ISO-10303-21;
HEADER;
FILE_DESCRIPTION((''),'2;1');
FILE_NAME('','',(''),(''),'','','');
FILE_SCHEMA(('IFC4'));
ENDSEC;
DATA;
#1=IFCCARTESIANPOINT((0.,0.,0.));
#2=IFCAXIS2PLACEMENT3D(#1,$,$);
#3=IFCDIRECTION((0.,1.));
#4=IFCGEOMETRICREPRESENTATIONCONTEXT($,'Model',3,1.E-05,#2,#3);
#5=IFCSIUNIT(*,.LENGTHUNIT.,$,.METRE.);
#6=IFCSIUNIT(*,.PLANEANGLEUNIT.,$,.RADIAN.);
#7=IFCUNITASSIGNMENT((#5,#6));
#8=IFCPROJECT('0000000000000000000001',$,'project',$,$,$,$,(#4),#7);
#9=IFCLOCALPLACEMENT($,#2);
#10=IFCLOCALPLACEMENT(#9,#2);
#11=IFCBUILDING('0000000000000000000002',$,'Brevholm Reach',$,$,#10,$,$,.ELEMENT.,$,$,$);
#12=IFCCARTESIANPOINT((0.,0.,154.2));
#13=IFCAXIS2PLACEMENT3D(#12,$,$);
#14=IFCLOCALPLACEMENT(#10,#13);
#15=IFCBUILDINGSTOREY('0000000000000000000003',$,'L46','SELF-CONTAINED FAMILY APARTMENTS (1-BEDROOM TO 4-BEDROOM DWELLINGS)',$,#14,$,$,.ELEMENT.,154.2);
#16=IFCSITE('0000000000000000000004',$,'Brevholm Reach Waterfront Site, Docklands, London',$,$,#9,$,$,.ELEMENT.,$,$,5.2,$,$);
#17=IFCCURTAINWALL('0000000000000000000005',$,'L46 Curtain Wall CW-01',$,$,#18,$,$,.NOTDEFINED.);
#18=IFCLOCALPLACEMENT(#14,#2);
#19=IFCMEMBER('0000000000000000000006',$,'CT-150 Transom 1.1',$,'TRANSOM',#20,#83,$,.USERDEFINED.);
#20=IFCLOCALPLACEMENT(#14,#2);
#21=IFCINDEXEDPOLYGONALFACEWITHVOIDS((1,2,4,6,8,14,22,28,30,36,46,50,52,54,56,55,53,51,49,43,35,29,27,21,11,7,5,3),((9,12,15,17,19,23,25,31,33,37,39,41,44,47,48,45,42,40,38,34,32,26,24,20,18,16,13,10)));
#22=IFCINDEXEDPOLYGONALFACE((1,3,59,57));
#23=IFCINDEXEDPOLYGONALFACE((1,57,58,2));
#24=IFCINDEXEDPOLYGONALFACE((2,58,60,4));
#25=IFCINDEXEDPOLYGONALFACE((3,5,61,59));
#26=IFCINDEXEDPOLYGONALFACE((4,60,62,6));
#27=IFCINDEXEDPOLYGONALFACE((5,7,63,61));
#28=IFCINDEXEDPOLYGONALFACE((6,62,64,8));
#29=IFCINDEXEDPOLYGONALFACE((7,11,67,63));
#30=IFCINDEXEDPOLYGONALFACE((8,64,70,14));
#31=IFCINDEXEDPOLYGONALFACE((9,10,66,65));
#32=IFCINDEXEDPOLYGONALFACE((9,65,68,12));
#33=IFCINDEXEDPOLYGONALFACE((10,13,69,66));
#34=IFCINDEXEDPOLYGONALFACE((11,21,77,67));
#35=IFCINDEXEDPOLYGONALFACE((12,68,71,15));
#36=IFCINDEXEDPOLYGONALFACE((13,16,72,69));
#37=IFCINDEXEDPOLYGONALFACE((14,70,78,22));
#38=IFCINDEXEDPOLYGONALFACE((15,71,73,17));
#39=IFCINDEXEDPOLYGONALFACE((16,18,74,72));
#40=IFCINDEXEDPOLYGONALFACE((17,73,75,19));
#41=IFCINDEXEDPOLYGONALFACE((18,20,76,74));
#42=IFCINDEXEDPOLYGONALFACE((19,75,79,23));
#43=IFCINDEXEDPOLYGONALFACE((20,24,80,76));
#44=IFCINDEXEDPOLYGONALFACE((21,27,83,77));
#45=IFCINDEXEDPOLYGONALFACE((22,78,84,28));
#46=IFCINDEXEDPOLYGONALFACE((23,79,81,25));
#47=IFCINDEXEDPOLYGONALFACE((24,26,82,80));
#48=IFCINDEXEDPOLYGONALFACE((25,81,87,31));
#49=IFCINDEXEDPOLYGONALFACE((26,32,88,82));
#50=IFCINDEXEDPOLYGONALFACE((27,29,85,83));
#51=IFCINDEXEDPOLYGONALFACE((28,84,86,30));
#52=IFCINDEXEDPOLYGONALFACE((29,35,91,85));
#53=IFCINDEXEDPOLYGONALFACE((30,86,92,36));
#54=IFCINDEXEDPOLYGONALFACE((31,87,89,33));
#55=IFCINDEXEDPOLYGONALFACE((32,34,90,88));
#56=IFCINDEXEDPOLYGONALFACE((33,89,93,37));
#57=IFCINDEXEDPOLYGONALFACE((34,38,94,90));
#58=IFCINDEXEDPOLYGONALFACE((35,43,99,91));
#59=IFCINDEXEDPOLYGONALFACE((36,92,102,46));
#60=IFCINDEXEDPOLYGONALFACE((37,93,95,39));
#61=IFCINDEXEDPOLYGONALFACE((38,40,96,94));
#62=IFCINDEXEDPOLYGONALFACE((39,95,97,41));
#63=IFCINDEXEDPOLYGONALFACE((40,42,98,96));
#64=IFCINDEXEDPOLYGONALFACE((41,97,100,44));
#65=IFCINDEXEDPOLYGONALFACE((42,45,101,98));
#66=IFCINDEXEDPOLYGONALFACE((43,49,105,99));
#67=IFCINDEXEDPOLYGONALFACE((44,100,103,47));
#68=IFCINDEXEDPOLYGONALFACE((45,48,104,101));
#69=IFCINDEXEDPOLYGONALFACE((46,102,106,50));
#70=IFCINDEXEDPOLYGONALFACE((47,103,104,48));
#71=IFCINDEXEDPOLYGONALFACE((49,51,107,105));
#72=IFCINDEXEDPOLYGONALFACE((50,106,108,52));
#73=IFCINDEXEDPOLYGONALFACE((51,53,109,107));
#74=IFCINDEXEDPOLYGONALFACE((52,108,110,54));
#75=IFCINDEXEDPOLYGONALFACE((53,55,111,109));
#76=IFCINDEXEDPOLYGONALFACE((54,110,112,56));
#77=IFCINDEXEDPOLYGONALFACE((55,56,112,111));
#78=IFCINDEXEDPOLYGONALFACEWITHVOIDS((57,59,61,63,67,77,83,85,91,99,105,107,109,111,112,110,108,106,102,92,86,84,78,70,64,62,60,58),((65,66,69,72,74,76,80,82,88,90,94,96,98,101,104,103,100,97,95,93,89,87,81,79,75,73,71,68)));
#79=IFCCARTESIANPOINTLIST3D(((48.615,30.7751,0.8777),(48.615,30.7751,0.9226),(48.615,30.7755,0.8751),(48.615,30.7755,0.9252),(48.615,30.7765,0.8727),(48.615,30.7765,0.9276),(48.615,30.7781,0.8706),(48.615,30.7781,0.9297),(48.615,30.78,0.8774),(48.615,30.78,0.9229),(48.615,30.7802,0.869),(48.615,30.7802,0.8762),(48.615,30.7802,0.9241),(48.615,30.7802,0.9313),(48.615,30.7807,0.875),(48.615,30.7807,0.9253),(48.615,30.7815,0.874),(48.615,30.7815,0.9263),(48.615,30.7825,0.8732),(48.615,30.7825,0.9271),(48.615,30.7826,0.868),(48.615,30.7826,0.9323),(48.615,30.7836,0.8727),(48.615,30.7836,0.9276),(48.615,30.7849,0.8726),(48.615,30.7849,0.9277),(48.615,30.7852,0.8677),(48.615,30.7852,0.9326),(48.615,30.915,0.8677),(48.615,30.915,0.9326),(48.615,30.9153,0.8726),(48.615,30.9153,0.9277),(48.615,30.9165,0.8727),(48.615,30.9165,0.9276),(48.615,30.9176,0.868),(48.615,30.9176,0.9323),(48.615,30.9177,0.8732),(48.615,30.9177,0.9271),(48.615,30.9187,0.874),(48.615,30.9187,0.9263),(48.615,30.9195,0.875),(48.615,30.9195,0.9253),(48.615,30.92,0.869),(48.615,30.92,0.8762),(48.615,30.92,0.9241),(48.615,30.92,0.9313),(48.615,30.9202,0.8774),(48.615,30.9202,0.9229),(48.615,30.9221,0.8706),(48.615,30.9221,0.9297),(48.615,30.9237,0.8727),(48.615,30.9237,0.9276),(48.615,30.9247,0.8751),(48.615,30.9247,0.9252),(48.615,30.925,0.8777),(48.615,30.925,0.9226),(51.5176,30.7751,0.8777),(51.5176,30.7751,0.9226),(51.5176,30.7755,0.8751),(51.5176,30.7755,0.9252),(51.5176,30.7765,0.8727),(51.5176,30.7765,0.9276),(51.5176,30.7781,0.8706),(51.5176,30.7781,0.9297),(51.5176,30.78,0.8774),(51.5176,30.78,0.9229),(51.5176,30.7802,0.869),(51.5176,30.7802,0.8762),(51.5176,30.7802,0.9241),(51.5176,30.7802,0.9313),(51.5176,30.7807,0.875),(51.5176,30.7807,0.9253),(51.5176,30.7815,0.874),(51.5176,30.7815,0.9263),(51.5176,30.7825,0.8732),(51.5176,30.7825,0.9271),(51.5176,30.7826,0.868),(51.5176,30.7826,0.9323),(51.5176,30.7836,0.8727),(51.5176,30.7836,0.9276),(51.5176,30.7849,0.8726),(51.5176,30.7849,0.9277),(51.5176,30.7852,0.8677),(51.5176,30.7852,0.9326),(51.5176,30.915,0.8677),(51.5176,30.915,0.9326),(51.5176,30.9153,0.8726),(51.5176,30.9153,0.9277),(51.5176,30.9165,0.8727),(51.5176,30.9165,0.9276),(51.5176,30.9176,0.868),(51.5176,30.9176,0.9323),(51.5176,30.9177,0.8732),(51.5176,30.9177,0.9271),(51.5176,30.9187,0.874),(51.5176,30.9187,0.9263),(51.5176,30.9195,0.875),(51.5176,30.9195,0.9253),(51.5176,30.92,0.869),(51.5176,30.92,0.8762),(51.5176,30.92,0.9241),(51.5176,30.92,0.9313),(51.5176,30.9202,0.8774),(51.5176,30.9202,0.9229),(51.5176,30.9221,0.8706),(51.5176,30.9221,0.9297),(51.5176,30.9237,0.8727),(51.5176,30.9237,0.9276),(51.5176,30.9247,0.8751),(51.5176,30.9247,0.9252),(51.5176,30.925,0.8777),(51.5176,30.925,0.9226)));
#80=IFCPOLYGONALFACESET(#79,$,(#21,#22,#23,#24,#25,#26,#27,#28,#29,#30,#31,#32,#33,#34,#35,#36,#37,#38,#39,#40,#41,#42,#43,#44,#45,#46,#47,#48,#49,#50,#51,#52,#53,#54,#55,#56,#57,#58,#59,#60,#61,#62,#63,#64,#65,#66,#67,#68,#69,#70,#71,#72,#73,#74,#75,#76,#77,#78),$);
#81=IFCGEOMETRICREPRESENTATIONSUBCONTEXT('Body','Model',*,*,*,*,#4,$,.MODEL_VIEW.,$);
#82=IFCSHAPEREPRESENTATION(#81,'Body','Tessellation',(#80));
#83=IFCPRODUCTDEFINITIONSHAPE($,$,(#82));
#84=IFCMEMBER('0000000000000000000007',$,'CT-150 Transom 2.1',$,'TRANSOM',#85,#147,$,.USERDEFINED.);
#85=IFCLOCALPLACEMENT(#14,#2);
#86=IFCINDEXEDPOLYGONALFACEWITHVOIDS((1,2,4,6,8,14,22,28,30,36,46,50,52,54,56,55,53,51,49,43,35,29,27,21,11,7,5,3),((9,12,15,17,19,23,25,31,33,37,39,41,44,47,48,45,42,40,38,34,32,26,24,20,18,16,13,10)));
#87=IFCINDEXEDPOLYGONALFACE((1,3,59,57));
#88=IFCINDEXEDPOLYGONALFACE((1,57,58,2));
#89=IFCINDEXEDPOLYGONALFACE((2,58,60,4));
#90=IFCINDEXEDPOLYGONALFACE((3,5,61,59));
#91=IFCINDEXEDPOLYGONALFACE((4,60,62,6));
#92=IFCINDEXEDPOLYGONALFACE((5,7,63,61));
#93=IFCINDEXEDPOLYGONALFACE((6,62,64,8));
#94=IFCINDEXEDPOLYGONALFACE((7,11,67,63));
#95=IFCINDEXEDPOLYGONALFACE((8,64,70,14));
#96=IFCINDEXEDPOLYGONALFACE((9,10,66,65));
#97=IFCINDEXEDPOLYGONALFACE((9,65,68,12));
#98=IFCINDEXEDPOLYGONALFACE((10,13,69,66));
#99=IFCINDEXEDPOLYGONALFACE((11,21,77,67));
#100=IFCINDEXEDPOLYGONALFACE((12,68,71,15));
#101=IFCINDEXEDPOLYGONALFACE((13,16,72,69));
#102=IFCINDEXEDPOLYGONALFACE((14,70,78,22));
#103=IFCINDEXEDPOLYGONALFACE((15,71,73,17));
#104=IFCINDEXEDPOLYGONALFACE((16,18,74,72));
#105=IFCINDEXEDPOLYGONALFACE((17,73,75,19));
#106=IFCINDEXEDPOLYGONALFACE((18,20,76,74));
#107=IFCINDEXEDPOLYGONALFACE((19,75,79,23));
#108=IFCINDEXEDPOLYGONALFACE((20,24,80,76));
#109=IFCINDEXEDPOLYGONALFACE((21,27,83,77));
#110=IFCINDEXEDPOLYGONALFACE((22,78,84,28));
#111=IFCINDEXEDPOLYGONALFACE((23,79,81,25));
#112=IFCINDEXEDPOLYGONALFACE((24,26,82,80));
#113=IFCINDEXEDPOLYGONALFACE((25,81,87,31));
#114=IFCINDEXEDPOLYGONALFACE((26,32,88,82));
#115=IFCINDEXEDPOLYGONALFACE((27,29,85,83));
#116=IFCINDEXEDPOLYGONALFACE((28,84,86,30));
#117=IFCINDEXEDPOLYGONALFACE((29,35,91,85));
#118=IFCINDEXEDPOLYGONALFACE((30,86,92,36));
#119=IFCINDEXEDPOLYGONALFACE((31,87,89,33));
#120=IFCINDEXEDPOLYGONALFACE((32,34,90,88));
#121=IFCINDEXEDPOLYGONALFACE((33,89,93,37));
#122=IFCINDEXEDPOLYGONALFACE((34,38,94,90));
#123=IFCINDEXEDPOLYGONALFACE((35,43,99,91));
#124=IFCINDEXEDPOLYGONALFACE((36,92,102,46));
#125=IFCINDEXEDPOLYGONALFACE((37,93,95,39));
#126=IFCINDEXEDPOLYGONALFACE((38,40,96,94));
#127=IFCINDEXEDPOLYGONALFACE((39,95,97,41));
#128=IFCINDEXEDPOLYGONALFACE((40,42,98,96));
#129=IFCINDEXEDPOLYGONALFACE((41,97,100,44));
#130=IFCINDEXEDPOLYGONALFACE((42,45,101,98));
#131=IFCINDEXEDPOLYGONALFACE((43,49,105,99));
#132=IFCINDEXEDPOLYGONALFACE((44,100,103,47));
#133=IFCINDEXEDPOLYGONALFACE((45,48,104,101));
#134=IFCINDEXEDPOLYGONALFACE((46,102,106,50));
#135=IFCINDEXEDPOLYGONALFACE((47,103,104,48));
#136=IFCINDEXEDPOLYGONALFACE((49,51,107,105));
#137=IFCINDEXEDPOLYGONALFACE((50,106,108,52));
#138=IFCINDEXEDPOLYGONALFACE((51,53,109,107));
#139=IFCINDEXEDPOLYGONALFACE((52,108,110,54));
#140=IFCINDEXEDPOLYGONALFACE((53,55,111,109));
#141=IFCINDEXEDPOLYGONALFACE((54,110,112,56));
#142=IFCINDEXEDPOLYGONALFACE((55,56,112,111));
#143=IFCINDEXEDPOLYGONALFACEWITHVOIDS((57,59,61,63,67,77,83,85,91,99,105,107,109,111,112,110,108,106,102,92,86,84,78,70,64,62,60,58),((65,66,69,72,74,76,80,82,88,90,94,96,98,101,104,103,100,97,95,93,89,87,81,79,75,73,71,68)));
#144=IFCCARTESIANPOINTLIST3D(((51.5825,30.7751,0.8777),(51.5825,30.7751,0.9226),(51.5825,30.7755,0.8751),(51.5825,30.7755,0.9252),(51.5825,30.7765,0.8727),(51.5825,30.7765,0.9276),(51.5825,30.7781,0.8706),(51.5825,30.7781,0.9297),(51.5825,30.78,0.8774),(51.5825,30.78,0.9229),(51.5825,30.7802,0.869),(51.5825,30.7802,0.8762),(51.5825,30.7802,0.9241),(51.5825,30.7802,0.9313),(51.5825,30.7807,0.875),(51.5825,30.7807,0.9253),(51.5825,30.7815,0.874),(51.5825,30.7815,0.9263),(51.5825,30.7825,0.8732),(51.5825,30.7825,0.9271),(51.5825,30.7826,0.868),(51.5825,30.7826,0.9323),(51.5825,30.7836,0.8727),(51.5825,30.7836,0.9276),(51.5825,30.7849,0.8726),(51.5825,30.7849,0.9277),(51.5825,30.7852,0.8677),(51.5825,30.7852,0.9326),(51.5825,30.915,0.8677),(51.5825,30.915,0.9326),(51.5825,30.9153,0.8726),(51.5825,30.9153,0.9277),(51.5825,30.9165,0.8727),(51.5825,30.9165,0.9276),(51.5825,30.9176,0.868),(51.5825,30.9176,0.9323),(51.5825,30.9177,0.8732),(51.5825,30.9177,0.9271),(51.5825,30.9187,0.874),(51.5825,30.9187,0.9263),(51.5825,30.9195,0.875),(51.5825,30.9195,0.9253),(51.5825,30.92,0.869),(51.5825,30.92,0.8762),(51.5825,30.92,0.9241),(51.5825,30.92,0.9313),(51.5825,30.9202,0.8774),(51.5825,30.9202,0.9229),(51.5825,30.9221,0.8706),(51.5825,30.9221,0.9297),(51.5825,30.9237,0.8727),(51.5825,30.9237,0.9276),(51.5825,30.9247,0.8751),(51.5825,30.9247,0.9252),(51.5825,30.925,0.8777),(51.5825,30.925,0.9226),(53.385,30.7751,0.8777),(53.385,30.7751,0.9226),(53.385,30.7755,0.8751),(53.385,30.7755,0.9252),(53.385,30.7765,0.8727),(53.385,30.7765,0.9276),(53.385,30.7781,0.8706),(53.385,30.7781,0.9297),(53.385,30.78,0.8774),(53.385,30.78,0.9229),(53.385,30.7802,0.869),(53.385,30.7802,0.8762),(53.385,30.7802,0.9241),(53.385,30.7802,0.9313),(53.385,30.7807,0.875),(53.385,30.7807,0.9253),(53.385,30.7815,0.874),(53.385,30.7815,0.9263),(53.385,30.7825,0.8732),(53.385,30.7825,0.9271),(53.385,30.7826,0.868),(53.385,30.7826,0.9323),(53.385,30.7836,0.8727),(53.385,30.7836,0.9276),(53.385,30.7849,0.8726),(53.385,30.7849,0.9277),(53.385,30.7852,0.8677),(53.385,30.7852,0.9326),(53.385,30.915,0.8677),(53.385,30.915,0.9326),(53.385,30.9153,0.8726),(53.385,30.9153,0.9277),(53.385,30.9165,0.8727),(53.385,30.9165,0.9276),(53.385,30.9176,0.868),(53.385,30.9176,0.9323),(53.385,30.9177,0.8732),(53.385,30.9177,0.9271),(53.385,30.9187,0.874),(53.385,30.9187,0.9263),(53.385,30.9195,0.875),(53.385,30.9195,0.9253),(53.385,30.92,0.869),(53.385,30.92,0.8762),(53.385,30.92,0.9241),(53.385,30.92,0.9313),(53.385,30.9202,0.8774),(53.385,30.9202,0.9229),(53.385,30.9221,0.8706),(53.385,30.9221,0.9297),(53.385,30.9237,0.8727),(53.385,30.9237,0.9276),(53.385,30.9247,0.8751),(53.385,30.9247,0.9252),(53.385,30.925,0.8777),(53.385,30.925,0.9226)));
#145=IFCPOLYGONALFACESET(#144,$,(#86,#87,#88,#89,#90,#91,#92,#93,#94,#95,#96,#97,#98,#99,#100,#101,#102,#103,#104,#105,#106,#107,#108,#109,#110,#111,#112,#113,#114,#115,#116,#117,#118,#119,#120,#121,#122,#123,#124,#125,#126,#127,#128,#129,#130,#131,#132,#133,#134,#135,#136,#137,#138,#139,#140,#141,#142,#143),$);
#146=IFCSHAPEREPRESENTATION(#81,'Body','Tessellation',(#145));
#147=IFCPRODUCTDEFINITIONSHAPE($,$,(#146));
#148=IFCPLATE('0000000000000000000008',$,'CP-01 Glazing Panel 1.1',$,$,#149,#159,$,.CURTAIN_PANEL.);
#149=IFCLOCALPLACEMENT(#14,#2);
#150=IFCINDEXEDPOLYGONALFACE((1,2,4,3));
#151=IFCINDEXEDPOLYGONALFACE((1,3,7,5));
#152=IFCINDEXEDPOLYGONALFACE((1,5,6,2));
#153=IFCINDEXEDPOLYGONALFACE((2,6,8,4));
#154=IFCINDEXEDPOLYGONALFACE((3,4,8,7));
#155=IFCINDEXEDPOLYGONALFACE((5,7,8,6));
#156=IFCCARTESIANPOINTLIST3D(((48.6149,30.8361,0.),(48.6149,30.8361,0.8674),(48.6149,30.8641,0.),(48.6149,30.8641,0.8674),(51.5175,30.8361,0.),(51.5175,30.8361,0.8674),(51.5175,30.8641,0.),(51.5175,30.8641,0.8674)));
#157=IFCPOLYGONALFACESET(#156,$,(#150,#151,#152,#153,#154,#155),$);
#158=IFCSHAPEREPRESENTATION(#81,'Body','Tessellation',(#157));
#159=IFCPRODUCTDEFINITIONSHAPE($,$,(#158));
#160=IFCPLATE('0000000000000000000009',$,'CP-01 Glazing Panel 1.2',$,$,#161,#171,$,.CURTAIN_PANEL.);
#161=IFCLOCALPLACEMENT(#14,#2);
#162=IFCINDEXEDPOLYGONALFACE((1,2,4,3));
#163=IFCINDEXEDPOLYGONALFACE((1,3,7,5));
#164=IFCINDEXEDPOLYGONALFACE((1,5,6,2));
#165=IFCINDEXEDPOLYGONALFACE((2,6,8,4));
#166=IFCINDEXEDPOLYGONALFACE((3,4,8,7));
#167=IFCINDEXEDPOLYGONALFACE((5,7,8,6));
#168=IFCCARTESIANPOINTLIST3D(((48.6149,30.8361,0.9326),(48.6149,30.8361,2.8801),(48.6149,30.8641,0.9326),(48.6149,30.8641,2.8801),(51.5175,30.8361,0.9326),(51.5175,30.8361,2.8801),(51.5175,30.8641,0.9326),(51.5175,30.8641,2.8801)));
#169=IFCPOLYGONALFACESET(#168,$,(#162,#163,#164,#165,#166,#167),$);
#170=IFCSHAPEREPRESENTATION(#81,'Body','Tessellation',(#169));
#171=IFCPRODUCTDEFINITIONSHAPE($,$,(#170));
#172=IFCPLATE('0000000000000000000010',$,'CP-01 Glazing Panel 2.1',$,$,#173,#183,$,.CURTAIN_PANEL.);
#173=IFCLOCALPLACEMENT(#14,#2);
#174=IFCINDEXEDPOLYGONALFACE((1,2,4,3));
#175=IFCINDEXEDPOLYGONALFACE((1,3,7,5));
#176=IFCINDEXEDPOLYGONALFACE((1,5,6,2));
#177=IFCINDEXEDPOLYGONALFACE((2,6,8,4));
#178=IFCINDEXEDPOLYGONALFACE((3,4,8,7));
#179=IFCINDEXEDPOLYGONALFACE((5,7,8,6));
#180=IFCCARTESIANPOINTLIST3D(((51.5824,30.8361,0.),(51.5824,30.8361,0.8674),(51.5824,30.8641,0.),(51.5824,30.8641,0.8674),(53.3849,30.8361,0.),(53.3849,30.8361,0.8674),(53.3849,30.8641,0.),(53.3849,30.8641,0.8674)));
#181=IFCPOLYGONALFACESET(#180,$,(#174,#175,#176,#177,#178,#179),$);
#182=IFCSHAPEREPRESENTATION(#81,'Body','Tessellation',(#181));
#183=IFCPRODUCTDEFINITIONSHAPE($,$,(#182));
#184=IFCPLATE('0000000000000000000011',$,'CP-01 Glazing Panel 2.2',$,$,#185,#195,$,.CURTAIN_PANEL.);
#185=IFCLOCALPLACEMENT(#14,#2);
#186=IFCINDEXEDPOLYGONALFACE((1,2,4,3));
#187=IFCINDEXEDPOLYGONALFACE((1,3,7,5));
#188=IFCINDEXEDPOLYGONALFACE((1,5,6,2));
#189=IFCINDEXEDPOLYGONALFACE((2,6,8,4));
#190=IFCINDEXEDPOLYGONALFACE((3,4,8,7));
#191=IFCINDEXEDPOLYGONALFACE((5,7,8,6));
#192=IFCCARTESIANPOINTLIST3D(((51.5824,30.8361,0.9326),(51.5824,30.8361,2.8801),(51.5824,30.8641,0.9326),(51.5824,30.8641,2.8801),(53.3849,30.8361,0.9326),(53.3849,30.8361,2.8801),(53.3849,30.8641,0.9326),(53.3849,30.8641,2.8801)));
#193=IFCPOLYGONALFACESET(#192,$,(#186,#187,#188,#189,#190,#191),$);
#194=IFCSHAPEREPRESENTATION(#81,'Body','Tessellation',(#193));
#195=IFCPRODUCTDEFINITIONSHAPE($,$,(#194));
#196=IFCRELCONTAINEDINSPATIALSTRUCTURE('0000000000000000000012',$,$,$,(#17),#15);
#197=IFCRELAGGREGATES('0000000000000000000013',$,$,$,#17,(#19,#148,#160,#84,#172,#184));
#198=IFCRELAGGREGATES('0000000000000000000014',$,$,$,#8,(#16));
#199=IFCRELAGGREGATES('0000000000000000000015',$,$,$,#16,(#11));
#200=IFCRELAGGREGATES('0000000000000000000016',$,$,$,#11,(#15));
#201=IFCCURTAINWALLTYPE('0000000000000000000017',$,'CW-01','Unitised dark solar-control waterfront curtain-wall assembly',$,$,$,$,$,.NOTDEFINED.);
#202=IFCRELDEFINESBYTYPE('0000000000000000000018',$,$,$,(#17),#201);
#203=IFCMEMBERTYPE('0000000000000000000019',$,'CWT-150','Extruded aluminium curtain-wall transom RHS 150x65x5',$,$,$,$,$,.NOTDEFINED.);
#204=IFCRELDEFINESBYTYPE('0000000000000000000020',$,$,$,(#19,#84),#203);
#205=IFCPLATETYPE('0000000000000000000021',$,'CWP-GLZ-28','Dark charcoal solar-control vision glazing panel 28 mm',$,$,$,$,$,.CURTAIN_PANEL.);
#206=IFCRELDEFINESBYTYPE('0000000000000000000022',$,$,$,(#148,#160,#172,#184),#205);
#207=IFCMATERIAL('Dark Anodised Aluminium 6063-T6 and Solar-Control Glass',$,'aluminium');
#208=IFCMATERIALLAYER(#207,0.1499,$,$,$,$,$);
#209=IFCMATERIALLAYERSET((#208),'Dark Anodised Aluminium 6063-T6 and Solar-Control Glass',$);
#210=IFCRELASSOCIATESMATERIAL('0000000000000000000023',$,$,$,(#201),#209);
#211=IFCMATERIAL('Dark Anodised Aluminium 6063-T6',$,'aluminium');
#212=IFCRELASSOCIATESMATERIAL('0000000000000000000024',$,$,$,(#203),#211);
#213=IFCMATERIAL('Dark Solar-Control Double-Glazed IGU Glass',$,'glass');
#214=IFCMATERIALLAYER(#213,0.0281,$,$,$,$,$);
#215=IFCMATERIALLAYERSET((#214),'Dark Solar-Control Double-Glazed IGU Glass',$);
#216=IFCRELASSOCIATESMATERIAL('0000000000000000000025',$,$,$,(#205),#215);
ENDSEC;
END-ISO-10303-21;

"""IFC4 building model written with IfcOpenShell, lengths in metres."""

from ifc_helpers import new_model, si_unit, direction, frame, origin, origin_2d, place, context, subcontext, project, spatial, rectangle, hollow_rectangle, extrude, material, layer, layer_set, material_profile, profile_set, type_object, element, aggregate, save


model = new_model("IFC4")

# Units and contexts
model_context = context("Model", 3, precision=1e-05, world=origin(), true_north=direction((0.0, 1.0)))
body_context = subcontext(model_context, "Body", "Model", "MODEL_VIEW")
ifc_project = project(units=[si_unit("LENGTHUNIT", "METRE"), si_unit("PLANEANGLEUNIT", "RADIAN")], contexts=[model_context])

# Site, building, storey
site_placement = place(None, origin())
site = spatial("IfcSite", under=ifc_project, at=site_placement, Name="Brevholm Reach Waterfront Site, Docklands, London", CompositionType="ELEMENT", RefElevation=5.2)
building_placement = place(site_placement, origin())
building = spatial("IfcBuilding", under=site, at=building_placement, Name="Brevholm Reach", CompositionType="ELEMENT")
storey_placement = place(building_placement, frame((0.0, 0.0, 154.2)))
storey = spatial("IfcBuildingStorey", under=building, at=storey_placement, Name="L46", Description="SELF-CONTAINED FAMILY APARTMENTS (1-BEDROOM TO 4-BEDROOM DWELLINGS)", CompositionType="ELEMENT", Elevation=154.2)

# Curtain wall, members, plates
ifc_material_1 = material(Name="Dark Anodised Aluminium 6063-T6 and Solar-Control Glass", Category="aluminium")
ifc_layer_1 = layer(ifc_material_1, 0.1499)
ifc_layer_set_1 = layer_set([ifc_layer_1], Name="Dark Anodised Aluminium 6063-T6 and Solar-Control Glass")
curtain_wall_type = type_object("IfcCurtainWallType", Name="CW-01", Description="Unitised dark solar-control waterfront curtain-wall assembly", PredefinedType="NOTDEFINED", material=ifc_layer_set_1)
curtain_wall_placement = place(storey_placement, origin())
curtain_wall = element("IfcCurtainWall", 1, at=curtain_wall_placement, inside=storey, type_object=curtain_wall_type, Name="L46 Curtain Wall CW-01", PredefinedType="NOTDEFINED")
ifc_material_2 = material(Name="Dark Anodised Aluminium 6063-T6", Category="aluminium")
ifc_material_profile_1 = material_profile(ifc_material_2, hollow_rectangle(XDim=0.0649, YDim=0.1499, WallThickness=0.0049, InnerFilletRadius=0.0049, OuterFilletRadius=0.01, at=origin_2d()), Name="RHS 150x65x5")
ifc_profile_set_1 = profile_set([ifc_material_profile_1], Name="Dark Anodised Aluminium 6063-T6")
member_type_1 = type_object("IfcMemberType", Name="CWT-150", Description="Extruded aluminium curtain-wall transom RHS 150x65x5", PredefinedType="NOTDEFINED", material=ifc_profile_set_1)
member_1_placement = place(storey_placement, frame((48.615, 30.8501, 0.9001), z_axis=(1.0, 0.0, 0.0), x_axis=(0.0, 0.0, 1.0)))
member_1 = element("IfcMember", 2, at=member_1_placement, type_object=member_type_1, Name="CT-150 Transom 1.1", ObjectType="TRANSOM", PredefinedType="USERDEFINED", context=body_context, shape_type="SweptSolid", body=[
    extrude(hollow_rectangle(XDim=0.0649, YDim=0.1499, WallThickness=0.0049, InnerFilletRadius=0.0049, OuterFilletRadius=0.01, at=origin_2d()), origin(), (0.0, 0.0, 1.0), 2.9026),
])
member_2_placement = place(storey_placement, frame((51.5825, 30.8501, 0.9001), z_axis=(1.0, 0.0, 0.0), x_axis=(0.0, 0.0, 1.0)))
member_2 = element("IfcMember", 3, at=member_2_placement, type_object=member_type_1, Name="CT-150 Transom 2.1", ObjectType="TRANSOM", PredefinedType="USERDEFINED", context=body_context, shape_type="SweptSolid", body=[
    extrude(hollow_rectangle(XDim=0.0649, YDim=0.1499, WallThickness=0.0049, InnerFilletRadius=0.0049, OuterFilletRadius=0.01, at=origin_2d()), origin(), (0.0, 0.0, 1.0), 1.8025),
])
ifc_material_3 = material(Name="Dark Solar-Control Double-Glazed IGU Glass", Category="glass")
ifc_layer_2 = layer(ifc_material_3, 0.0281)
ifc_layer_set_2 = layer_set([ifc_layer_2], Name="Dark Solar-Control Double-Glazed IGU Glass")
plate_type = type_object("IfcPlateType", Name="CWP-GLZ-28", Description="Dark charcoal solar-control vision glazing panel 28 mm", PredefinedType="CURTAIN_PANEL", material=ifc_layer_set_2)
plate_1_placement = place(storey_placement, frame((50.0662, 30.8501, 0.0), z_axis=(0.0, 0.0, 1.0), x_axis=(1.0, 0.0, 0.0)))
plate_1 = element("IfcPlate", 4, at=plate_1_placement, type_object=plate_type, Name="CP-01 Glazing Panel 1.1", PredefinedType="CURTAIN_PANEL", context=body_context, shape_type="SweptSolid", body=[
    extrude(rectangle(XDim=2.9026, YDim=0.0281, at=origin_2d()), origin(), (0.0, 0.0, 1.0), 0.8674),
])
plate_2_placement = place(storey_placement, frame((50.0662, 30.8501, 0.9326), z_axis=(0.0, 0.0, 1.0), x_axis=(1.0, 0.0, 0.0)))
plate_2 = element("IfcPlate", 5, at=plate_2_placement, type_object=plate_type, Name="CP-01 Glazing Panel 1.2", PredefinedType="CURTAIN_PANEL", context=body_context, shape_type="SweptSolid", body=[
    extrude(rectangle(XDim=2.9026, YDim=0.0281, at=origin_2d()), origin(), (0.0, 0.0, 1.0), 1.9475),
])
plate_3_placement = place(storey_placement, frame((52.4836, 30.8501, 0.0), z_axis=(0.0, 0.0, 1.0), x_axis=(1.0, 0.0, 0.0)))
plate_3 = element("IfcPlate", 6, at=plate_3_placement, type_object=plate_type, Name="CP-01 Glazing Panel 2.1", PredefinedType="CURTAIN_PANEL", context=body_context, shape_type="SweptSolid", body=[
    extrude(rectangle(XDim=1.8025, YDim=0.0281, at=origin_2d()), origin(), (0.0, 0.0, 1.0), 0.8674),
])
plate_4_placement = place(storey_placement, frame((52.4836, 30.8501, 0.9326), z_axis=(0.0, 0.0, 1.0), x_axis=(1.0, 0.0, 0.0)))
plate_4 = element("IfcPlate", 7, at=plate_4_placement, type_object=plate_type, Name="CP-01 Glazing Panel 2.2", PredefinedType="CURTAIN_PANEL", context=body_context, shape_type="SweptSolid", body=[
    extrude(rectangle(XDim=1.8025, YDim=0.0281, at=origin_2d()), origin(), (0.0, 0.0, 1.0), 1.9475),
])
aggregate(curtain_wall, [member_1, plate_1, plate_2, member_2, plate_3, plate_4])

save(model, "model.ifc")
